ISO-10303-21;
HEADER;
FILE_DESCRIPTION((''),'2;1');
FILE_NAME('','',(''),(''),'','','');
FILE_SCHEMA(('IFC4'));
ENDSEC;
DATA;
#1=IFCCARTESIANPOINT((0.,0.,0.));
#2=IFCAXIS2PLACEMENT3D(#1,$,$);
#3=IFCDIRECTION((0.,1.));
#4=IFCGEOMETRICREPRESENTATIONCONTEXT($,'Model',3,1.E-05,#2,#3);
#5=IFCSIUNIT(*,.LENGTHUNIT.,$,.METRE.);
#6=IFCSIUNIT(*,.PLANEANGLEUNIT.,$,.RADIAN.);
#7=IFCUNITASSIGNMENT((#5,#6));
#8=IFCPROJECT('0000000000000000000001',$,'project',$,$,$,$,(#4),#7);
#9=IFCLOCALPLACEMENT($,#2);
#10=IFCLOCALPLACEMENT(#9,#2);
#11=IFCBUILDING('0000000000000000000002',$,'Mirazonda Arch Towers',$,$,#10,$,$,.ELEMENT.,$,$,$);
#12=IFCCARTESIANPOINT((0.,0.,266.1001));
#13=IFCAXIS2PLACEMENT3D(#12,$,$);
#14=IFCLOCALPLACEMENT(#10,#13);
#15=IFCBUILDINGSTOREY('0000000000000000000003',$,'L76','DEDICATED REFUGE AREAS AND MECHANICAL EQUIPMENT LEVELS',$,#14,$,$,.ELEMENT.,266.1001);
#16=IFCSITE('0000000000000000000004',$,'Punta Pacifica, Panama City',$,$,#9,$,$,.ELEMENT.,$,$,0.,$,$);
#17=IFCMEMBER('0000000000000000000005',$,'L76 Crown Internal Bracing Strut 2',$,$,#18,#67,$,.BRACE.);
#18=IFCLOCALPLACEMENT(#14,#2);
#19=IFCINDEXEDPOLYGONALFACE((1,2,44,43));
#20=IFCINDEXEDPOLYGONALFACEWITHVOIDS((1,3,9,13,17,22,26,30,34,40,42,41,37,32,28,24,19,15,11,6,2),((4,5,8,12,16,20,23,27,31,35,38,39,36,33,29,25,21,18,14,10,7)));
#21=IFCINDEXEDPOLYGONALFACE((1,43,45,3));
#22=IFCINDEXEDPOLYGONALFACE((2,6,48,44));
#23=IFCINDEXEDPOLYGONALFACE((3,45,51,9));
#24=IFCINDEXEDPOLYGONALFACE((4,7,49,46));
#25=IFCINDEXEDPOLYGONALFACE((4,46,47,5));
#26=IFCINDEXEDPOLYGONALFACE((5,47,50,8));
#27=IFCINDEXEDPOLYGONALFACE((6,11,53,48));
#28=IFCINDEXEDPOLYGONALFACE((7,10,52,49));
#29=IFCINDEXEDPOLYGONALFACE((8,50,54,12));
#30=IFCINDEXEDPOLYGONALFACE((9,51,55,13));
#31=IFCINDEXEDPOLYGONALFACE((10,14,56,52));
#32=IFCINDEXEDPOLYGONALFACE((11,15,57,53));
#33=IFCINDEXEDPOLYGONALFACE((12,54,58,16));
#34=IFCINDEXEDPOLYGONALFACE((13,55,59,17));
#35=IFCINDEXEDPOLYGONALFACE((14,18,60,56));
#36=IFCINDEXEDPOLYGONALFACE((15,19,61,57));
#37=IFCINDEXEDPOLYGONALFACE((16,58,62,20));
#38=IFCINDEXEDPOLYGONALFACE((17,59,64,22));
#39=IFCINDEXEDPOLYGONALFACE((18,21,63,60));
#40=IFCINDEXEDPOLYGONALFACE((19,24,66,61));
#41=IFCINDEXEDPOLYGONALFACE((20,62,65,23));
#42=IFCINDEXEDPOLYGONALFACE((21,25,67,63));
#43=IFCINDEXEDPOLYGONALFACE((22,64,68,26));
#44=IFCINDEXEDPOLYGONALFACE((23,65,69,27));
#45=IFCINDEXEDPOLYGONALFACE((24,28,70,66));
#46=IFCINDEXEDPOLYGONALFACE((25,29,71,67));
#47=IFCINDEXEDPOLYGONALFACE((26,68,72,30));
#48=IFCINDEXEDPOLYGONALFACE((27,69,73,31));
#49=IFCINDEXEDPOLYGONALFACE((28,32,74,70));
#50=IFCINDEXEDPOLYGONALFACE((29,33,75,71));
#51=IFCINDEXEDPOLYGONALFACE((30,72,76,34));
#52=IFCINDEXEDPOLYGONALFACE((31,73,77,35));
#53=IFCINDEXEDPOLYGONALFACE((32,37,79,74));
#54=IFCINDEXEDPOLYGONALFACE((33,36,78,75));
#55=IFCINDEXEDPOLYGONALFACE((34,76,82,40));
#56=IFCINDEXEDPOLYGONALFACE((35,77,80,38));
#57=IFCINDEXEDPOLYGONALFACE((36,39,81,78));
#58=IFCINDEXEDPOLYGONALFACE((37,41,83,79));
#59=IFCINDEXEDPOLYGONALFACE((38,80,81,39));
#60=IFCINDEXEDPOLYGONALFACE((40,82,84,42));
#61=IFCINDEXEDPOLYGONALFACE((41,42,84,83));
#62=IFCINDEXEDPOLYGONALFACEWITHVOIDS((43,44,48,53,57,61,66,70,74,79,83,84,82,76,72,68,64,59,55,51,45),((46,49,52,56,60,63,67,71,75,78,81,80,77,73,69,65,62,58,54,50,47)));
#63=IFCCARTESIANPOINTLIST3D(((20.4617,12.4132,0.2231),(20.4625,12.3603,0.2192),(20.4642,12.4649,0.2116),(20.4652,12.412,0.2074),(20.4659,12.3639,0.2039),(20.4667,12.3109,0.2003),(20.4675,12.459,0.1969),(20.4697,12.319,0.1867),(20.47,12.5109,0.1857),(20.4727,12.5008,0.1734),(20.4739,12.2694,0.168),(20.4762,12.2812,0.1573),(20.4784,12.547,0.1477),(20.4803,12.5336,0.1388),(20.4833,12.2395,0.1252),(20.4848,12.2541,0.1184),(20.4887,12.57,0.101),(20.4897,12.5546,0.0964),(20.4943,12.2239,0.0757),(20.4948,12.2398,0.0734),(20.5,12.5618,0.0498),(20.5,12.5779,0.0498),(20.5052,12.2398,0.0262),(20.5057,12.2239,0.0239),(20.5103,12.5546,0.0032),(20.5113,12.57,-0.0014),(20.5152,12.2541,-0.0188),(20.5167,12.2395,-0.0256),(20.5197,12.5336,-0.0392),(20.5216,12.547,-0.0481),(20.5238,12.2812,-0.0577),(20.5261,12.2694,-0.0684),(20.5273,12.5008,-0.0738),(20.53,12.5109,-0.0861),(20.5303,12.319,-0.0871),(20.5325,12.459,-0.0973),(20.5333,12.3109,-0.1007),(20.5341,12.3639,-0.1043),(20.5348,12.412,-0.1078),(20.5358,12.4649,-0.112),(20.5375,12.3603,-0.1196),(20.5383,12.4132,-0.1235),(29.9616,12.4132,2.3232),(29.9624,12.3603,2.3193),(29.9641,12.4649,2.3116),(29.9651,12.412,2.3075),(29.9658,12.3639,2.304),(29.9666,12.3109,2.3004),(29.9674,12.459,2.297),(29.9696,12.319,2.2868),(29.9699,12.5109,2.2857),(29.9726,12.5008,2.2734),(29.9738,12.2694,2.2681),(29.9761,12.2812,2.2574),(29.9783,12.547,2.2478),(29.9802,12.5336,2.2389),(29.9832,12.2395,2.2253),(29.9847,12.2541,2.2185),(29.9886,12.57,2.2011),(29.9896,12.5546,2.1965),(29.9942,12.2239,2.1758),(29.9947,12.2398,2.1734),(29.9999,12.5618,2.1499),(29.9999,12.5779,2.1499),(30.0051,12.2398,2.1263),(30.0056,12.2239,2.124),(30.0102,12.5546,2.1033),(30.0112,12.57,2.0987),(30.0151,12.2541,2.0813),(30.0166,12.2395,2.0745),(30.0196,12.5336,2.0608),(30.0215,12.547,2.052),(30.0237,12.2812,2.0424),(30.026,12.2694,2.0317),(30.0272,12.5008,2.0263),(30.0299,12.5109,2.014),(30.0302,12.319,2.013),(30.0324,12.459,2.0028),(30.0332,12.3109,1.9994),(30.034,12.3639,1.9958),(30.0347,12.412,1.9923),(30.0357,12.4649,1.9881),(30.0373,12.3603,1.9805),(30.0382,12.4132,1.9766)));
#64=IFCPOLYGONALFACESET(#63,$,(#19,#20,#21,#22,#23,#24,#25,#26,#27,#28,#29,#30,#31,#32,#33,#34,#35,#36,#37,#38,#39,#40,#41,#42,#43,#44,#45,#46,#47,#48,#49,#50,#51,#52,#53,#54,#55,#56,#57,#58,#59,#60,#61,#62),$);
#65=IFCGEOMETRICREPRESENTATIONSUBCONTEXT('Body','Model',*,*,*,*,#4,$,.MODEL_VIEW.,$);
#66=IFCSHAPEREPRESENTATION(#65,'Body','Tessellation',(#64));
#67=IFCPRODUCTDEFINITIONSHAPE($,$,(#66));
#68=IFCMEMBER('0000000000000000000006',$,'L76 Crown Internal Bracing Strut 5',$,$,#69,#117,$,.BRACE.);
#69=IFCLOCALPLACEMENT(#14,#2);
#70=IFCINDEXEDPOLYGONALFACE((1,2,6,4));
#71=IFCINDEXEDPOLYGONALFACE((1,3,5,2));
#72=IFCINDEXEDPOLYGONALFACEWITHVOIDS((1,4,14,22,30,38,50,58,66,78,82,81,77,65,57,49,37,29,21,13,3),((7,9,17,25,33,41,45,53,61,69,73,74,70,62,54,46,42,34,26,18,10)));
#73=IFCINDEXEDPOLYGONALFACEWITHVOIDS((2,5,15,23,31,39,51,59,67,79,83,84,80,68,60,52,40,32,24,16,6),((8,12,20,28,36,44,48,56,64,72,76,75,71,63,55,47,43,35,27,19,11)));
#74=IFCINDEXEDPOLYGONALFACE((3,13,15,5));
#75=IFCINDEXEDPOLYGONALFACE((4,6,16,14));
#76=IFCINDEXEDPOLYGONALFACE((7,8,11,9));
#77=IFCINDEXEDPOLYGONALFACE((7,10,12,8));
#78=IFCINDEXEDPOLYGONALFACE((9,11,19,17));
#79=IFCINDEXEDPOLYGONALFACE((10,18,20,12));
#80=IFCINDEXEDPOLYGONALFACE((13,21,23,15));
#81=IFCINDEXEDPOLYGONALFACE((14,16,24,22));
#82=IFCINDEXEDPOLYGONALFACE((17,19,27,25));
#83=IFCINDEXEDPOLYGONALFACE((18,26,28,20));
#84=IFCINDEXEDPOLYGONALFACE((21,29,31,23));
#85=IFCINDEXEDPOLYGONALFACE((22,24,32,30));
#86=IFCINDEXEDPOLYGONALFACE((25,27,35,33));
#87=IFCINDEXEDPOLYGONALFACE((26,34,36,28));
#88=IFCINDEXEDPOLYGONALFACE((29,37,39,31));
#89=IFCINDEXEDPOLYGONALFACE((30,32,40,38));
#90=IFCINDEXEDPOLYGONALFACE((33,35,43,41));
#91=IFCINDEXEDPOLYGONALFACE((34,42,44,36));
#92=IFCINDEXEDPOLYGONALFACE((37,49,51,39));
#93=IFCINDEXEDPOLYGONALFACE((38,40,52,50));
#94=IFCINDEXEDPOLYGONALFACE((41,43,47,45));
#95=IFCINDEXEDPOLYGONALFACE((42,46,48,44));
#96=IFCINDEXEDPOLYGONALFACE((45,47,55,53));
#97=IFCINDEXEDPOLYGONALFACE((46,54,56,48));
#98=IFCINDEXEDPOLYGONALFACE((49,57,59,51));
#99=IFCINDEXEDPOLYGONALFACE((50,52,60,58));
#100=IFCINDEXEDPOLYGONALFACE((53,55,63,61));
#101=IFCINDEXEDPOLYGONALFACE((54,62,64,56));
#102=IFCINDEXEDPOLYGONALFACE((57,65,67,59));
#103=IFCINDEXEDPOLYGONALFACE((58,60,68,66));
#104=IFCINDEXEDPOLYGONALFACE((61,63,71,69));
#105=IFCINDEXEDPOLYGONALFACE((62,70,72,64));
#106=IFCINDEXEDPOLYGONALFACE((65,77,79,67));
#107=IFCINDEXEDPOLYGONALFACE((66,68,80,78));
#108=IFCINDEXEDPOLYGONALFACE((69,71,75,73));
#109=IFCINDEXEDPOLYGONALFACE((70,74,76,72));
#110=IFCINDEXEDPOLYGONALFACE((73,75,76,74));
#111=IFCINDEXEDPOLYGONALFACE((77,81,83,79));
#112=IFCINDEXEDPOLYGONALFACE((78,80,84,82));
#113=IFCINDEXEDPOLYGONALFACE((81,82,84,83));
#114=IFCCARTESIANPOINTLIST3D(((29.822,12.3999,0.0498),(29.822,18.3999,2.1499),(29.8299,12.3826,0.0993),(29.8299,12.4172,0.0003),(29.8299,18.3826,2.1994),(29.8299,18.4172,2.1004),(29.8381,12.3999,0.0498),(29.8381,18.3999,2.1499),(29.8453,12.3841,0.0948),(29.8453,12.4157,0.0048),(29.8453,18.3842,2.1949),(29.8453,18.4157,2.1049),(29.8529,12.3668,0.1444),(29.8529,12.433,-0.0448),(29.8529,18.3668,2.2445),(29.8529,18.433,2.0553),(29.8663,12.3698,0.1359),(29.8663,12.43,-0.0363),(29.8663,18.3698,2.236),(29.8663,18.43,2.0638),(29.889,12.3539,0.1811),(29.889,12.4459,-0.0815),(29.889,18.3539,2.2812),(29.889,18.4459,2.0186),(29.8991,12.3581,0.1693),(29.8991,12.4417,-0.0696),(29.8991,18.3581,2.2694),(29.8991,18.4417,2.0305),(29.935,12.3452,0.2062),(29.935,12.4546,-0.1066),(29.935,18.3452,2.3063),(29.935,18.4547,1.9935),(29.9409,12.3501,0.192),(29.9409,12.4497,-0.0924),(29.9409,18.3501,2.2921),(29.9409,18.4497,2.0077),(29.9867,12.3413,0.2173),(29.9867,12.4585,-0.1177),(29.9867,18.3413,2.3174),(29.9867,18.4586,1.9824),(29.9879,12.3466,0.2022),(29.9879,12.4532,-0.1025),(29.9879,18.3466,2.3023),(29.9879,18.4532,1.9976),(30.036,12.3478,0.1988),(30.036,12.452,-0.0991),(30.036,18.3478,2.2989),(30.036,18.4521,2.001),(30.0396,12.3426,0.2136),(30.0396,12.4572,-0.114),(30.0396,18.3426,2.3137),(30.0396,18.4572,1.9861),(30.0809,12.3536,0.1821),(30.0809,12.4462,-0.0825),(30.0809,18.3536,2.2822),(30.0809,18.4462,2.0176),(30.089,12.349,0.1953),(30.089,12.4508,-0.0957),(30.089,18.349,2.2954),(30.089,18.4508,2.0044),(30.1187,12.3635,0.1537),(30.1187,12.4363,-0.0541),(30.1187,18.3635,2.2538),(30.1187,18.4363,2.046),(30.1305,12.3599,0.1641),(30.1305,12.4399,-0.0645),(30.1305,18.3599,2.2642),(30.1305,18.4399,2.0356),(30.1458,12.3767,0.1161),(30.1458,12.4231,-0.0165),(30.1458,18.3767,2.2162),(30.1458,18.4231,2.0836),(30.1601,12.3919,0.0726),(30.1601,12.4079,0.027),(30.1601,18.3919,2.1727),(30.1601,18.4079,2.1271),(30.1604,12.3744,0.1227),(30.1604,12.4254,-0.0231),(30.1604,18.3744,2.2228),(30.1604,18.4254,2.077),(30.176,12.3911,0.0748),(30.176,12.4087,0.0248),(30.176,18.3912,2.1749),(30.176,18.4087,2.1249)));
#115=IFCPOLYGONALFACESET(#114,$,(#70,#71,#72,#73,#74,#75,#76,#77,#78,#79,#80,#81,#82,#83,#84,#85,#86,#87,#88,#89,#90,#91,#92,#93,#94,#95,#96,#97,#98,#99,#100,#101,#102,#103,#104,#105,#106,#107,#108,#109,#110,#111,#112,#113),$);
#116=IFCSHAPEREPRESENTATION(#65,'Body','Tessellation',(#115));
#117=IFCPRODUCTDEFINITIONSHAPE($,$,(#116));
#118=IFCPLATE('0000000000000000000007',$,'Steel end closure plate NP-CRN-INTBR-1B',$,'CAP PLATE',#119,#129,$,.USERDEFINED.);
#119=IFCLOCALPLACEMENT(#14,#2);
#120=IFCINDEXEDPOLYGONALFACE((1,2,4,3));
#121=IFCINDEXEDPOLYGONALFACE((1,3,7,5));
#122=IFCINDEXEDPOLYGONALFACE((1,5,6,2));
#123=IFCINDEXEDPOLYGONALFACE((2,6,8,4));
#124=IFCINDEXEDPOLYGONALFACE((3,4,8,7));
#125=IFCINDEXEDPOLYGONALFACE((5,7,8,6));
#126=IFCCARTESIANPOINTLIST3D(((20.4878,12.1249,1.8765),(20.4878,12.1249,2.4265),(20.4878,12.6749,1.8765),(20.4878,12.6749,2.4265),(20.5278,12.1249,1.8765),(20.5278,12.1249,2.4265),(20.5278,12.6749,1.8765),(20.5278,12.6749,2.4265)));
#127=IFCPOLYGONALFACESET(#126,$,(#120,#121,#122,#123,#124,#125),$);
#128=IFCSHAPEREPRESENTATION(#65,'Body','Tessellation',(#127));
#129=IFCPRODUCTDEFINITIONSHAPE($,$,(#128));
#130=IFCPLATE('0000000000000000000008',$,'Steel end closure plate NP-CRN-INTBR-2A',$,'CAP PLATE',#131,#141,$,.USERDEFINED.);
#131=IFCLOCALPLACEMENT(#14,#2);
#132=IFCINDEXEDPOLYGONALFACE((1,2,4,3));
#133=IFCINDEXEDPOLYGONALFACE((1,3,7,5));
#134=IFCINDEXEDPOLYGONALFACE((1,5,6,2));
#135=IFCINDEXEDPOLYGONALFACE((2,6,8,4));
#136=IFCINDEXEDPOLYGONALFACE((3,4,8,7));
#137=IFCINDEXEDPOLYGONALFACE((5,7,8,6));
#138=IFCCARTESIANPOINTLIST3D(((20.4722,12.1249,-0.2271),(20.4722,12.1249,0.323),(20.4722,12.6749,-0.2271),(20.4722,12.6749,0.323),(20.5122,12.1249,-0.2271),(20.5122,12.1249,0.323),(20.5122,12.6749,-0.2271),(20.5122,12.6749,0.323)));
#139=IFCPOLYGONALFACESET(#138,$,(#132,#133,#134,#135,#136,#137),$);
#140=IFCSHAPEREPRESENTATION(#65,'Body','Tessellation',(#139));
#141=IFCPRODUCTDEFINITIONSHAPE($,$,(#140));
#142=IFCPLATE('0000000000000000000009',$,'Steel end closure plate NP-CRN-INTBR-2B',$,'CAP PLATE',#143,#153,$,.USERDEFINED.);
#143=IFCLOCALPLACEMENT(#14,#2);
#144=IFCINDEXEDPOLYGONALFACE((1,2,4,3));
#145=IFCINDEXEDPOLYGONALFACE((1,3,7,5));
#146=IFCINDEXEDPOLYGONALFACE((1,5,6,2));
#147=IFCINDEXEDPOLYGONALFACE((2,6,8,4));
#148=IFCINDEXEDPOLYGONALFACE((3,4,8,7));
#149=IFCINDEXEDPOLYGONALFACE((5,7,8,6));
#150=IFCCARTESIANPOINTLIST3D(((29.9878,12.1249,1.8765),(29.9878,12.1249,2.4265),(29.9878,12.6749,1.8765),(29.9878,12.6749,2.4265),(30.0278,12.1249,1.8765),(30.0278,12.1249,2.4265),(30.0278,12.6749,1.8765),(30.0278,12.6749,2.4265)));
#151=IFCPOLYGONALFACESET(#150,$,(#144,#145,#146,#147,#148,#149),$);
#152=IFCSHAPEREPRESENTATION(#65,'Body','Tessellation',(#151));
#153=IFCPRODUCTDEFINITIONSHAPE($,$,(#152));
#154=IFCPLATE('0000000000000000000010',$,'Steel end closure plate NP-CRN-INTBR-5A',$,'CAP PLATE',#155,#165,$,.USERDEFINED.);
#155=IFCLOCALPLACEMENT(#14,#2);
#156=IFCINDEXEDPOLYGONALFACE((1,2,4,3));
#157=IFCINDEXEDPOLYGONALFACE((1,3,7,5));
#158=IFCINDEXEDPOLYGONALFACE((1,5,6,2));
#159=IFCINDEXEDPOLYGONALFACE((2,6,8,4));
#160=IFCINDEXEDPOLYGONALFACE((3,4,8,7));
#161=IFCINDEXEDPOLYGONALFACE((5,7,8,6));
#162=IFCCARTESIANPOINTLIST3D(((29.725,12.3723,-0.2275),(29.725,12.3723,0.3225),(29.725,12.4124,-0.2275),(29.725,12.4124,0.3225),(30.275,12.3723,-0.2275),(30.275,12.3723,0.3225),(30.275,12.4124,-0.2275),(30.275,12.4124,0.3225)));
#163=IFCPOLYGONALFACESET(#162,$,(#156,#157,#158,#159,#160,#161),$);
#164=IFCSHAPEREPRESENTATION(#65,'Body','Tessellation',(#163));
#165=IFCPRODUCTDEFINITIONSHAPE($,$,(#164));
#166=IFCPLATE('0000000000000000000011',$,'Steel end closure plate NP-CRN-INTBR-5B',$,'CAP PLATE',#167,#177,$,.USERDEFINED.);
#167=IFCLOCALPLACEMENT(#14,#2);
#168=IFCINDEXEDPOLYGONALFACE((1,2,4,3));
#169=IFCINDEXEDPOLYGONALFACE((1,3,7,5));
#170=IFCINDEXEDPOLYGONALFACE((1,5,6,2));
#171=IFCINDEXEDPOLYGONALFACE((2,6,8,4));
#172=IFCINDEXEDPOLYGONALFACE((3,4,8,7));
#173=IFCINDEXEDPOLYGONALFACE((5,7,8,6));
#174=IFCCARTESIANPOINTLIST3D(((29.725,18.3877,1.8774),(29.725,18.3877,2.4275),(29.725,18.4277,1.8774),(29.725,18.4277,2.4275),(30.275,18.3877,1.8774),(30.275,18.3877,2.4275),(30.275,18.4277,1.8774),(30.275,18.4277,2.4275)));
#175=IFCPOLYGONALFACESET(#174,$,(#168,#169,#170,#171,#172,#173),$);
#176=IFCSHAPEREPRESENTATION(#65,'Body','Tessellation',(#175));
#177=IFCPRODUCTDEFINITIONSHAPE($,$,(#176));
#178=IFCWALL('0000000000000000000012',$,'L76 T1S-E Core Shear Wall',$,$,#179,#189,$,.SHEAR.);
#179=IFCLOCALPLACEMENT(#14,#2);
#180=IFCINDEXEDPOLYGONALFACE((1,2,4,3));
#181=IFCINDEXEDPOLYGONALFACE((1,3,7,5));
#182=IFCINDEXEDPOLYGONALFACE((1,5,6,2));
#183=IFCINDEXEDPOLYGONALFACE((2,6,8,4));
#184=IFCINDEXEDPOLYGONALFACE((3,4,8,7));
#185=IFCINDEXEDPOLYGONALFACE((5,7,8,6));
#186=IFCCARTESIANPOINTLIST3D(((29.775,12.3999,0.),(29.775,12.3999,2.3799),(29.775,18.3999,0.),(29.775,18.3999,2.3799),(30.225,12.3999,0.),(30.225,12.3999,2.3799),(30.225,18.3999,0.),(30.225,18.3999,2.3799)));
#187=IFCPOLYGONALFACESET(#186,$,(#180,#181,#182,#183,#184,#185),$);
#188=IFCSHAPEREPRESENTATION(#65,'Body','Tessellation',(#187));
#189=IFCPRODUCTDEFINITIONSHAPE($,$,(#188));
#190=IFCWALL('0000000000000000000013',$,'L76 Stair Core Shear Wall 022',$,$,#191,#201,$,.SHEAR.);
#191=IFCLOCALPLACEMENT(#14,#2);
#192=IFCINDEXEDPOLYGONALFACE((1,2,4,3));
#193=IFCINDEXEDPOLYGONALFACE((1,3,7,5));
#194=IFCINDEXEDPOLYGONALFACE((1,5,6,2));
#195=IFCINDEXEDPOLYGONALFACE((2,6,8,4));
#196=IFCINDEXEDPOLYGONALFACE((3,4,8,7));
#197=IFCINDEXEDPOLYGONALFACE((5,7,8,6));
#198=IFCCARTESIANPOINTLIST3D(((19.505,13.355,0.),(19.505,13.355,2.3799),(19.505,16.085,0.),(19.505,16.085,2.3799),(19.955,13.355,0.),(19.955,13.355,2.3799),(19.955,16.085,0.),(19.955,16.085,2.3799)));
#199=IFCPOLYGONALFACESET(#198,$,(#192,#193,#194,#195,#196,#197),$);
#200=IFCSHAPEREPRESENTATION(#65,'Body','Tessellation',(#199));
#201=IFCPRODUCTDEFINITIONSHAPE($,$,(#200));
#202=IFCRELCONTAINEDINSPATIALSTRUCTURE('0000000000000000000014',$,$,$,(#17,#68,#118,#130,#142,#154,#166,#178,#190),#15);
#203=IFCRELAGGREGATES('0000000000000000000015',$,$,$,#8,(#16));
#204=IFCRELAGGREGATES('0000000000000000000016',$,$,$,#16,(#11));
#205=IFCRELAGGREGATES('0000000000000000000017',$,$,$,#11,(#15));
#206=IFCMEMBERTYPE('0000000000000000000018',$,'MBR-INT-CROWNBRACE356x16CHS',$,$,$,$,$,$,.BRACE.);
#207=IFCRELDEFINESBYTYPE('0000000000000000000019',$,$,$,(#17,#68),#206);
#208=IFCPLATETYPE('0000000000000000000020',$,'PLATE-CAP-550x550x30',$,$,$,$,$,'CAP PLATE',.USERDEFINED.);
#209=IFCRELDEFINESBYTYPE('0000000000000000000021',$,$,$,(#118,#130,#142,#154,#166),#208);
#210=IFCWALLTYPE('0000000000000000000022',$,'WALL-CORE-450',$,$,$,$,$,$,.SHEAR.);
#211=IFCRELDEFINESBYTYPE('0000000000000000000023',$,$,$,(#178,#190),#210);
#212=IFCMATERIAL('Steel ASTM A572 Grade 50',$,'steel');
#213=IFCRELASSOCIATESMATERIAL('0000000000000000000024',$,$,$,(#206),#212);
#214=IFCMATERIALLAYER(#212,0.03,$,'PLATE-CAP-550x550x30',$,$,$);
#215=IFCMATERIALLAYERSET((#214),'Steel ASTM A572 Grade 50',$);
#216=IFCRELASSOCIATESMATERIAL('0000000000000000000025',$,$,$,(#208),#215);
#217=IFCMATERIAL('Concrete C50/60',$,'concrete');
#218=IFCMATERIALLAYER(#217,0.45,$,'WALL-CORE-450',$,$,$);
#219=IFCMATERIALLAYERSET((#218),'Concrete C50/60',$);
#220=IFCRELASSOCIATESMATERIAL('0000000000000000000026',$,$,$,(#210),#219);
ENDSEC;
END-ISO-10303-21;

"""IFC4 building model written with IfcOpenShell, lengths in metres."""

from ifc_helpers import new_model, si_unit, direction, frame, frame_2d, origin, origin_2d, place, context, subcontext, project, spatial, rectangle, hollow_circle, extrude, material, layer, layer_set, material_profile, profile_set, type_object, element, save


model = new_model("IFC4")

# Units and contexts
model_context = context("Model", 3, precision=1e-05, world=origin(), true_north=direction((0.0, 1.0)))
body_context = subcontext(model_context, "Body", "Model", "MODEL_VIEW")
ifc_project = project(units=[si_unit("LENGTHUNIT", "METRE"), si_unit("PLANEANGLEUNIT", "RADIAN")], contexts=[model_context])

# Site, building, storey
site_placement = place(None, origin())
site = spatial("IfcSite", under=ifc_project, at=site_placement, Name="Punta Pacifica, Panama City", CompositionType="ELEMENT", RefElevation=0.0)
building_placement = place(site_placement, origin())
building = spatial("IfcBuilding", under=site, at=building_placement, Name="Mirazonda Arch Towers", CompositionType="ELEMENT")
storey_placement = place(building_placement, frame((0.0, 0.0, 266.1001)))
storey = spatial("IfcBuildingStorey", under=building, at=storey_placement, Name="L76", Description="DEDICATED REFUGE AREAS AND MECHANICAL EQUIPMENT LEVELS", CompositionType="ELEMENT", Elevation=266.1001)

# Shared definitions
ifc_material_1 = material(Name="Concrete C50/60", Category="concrete")
ifc_material_2 = material(Name="Steel ASTM A572 Grade 50", Category="steel")

# Members
ifc_material_profile_1 = material_profile(ifc_material_2, hollow_circle(Radius=0.178, WallThickness=0.0161, at=origin_2d()), Name="CROWNBRACE356x16CHS")
ifc_profile_set_1 = profile_set([ifc_material_profile_1], Name="Steel ASTM A572 Grade 50")
member_type = type_object("IfcMemberType", Name="MBR-INT-CROWNBRACE356x16CHS", PredefinedType="BRACE", material=ifc_profile_set_1)
member_1_placement = place(storey_placement, frame((20.5, 12.3999, 0.0498), z_axis=(0.976426, 0.0, 0.215852), x_axis=(0.0, 1.0, 0.0)))
element("IfcMember", 1, at=member_1_placement, inside=storey, type_object=member_type, Name="L76 Crown Internal Bracing Strut 2", PredefinedType="BRACE", context=body_context, shape_type="SweptSolid", body=[
    extrude(hollow_circle(Radius=0.178, WallThickness=0.0161, at=origin_2d()), origin(), (0.0, 0.0, 1.0), 9.7292),
])
member_2_placement = place(storey_placement, frame((30.0, 12.3999, 0.0498), z_axis=(0.0, 0.943854, 0.330364), x_axis=(-1.0, 0.0, 0.0)))
element("IfcMember", 2, at=member_2_placement, inside=storey, type_object=member_type, Name="L76 Crown Internal Bracing Strut 5", PredefinedType="BRACE", context=body_context, shape_type="SweptSolid", body=[
    extrude(hollow_circle(Radius=0.178, WallThickness=0.0161, at=origin_2d()), origin(), (0.0, 0.0, 1.0), 6.3569),
])

# Plates
ifc_layer_1 = layer(ifc_material_2, 0.03, Name="PLATE-CAP-550x550x30")
ifc_layer_set_1 = layer_set([ifc_layer_1], Name="Steel ASTM A572 Grade 50")
plate_type = type_object("IfcPlateType", Name="PLATE-CAP-550x550x30", ElementType="CAP PLATE", PredefinedType="USERDEFINED", material=ifc_layer_set_1)
for number, where, z_axis, x_axis, name in (
    (3, (20.5078, 12.3999, 1.8765), (0.0, 0.0, 1.0), (1.0, 0.0, 0.0), "Steel end closure plate NP-CRN-INTBR-1B"),
    (4, (20.4922, 12.3999, -0.2271), (0.0, 0.0, 1.0), (-1.0, 0.0, 0.0), "Steel end closure plate NP-CRN-INTBR-2A"),
    (5, (30.0078, 12.3999, 1.8765), (0.0, 0.0, 1.0), (1.0, 0.0, 0.0), "Steel end closure plate NP-CRN-INTBR-2B"),
    (6, (30.0, 12.3923, -0.2275), (0.0, 0.0, 1.0), (0.0, -1.0, 0.0), "Steel end closure plate NP-CRN-INTBR-5A"),
    (7, (30.0, 18.4077, 1.8774), (0.0, 0.0, 1.0), (0.0, 1.0, 0.0), "Steel end closure plate NP-CRN-INTBR-5B"),
):
    element("IfcPlate", number, at=place(storey_placement, frame(where, z_axis=z_axis, x_axis=x_axis)), inside=storey, type_object=plate_type, Name=name, ObjectType="CAP PLATE", PredefinedType="USERDEFINED", context=body_context, shape_type="SweptSolid", body=[
        extrude(rectangle(XDim=0.04, YDim=0.55, at=origin_2d()), origin(), (0.0, 0.0, 1.0), 0.55),
    ])

# Walls
ifc_layer_2 = layer(ifc_material_1, 0.45, Name="WALL-CORE-450")
ifc_layer_set_2 = layer_set([ifc_layer_2], Name="Concrete C50/60")
wall_type_1 = type_object("IfcWallType", Name="WALL-CORE-450", PredefinedType="SHEAR", material=ifc_layer_set_2)
wall_1_placement = place(storey_placement, frame((30.0, 12.3999, 0.0), z_axis=(0.0, 0.0, 1.0), x_axis=(0.0, 1.0, 0.0)))
element("IfcWall", 8, at=wall_1_placement, inside=storey, type_object=wall_type_1, Name="L76 T1S-E Core Shear Wall", PredefinedType="SHEAR", context=body_context, shape_type="SweptSolid", body=[
    extrude(rectangle(XDim=6.0, YDim=0.45, at=frame_2d((3.0, 0.0))), origin(), (0.0, 0.0, 1.0), 2.3799),
])
wall_2_placement = place(storey_placement, frame((19.73, 13.355, 0.0), z_axis=(0.0, 0.0, 1.0), x_axis=(0.0, 1.0, 0.0)))
element("IfcWall", 9, at=wall_2_placement, inside=storey, type_object=wall_type_1, Name="L76 Stair Core Shear Wall 022", PredefinedType="SHEAR", context=body_context, shape_type="SweptSolid", body=[
    extrude(rectangle(XDim=2.73, YDim=0.45, at=frame_2d((1.365, 0.0))), origin(), (0.0, 0.0, 1.0), 2.3799),
])

save(model, "model.ifc")
